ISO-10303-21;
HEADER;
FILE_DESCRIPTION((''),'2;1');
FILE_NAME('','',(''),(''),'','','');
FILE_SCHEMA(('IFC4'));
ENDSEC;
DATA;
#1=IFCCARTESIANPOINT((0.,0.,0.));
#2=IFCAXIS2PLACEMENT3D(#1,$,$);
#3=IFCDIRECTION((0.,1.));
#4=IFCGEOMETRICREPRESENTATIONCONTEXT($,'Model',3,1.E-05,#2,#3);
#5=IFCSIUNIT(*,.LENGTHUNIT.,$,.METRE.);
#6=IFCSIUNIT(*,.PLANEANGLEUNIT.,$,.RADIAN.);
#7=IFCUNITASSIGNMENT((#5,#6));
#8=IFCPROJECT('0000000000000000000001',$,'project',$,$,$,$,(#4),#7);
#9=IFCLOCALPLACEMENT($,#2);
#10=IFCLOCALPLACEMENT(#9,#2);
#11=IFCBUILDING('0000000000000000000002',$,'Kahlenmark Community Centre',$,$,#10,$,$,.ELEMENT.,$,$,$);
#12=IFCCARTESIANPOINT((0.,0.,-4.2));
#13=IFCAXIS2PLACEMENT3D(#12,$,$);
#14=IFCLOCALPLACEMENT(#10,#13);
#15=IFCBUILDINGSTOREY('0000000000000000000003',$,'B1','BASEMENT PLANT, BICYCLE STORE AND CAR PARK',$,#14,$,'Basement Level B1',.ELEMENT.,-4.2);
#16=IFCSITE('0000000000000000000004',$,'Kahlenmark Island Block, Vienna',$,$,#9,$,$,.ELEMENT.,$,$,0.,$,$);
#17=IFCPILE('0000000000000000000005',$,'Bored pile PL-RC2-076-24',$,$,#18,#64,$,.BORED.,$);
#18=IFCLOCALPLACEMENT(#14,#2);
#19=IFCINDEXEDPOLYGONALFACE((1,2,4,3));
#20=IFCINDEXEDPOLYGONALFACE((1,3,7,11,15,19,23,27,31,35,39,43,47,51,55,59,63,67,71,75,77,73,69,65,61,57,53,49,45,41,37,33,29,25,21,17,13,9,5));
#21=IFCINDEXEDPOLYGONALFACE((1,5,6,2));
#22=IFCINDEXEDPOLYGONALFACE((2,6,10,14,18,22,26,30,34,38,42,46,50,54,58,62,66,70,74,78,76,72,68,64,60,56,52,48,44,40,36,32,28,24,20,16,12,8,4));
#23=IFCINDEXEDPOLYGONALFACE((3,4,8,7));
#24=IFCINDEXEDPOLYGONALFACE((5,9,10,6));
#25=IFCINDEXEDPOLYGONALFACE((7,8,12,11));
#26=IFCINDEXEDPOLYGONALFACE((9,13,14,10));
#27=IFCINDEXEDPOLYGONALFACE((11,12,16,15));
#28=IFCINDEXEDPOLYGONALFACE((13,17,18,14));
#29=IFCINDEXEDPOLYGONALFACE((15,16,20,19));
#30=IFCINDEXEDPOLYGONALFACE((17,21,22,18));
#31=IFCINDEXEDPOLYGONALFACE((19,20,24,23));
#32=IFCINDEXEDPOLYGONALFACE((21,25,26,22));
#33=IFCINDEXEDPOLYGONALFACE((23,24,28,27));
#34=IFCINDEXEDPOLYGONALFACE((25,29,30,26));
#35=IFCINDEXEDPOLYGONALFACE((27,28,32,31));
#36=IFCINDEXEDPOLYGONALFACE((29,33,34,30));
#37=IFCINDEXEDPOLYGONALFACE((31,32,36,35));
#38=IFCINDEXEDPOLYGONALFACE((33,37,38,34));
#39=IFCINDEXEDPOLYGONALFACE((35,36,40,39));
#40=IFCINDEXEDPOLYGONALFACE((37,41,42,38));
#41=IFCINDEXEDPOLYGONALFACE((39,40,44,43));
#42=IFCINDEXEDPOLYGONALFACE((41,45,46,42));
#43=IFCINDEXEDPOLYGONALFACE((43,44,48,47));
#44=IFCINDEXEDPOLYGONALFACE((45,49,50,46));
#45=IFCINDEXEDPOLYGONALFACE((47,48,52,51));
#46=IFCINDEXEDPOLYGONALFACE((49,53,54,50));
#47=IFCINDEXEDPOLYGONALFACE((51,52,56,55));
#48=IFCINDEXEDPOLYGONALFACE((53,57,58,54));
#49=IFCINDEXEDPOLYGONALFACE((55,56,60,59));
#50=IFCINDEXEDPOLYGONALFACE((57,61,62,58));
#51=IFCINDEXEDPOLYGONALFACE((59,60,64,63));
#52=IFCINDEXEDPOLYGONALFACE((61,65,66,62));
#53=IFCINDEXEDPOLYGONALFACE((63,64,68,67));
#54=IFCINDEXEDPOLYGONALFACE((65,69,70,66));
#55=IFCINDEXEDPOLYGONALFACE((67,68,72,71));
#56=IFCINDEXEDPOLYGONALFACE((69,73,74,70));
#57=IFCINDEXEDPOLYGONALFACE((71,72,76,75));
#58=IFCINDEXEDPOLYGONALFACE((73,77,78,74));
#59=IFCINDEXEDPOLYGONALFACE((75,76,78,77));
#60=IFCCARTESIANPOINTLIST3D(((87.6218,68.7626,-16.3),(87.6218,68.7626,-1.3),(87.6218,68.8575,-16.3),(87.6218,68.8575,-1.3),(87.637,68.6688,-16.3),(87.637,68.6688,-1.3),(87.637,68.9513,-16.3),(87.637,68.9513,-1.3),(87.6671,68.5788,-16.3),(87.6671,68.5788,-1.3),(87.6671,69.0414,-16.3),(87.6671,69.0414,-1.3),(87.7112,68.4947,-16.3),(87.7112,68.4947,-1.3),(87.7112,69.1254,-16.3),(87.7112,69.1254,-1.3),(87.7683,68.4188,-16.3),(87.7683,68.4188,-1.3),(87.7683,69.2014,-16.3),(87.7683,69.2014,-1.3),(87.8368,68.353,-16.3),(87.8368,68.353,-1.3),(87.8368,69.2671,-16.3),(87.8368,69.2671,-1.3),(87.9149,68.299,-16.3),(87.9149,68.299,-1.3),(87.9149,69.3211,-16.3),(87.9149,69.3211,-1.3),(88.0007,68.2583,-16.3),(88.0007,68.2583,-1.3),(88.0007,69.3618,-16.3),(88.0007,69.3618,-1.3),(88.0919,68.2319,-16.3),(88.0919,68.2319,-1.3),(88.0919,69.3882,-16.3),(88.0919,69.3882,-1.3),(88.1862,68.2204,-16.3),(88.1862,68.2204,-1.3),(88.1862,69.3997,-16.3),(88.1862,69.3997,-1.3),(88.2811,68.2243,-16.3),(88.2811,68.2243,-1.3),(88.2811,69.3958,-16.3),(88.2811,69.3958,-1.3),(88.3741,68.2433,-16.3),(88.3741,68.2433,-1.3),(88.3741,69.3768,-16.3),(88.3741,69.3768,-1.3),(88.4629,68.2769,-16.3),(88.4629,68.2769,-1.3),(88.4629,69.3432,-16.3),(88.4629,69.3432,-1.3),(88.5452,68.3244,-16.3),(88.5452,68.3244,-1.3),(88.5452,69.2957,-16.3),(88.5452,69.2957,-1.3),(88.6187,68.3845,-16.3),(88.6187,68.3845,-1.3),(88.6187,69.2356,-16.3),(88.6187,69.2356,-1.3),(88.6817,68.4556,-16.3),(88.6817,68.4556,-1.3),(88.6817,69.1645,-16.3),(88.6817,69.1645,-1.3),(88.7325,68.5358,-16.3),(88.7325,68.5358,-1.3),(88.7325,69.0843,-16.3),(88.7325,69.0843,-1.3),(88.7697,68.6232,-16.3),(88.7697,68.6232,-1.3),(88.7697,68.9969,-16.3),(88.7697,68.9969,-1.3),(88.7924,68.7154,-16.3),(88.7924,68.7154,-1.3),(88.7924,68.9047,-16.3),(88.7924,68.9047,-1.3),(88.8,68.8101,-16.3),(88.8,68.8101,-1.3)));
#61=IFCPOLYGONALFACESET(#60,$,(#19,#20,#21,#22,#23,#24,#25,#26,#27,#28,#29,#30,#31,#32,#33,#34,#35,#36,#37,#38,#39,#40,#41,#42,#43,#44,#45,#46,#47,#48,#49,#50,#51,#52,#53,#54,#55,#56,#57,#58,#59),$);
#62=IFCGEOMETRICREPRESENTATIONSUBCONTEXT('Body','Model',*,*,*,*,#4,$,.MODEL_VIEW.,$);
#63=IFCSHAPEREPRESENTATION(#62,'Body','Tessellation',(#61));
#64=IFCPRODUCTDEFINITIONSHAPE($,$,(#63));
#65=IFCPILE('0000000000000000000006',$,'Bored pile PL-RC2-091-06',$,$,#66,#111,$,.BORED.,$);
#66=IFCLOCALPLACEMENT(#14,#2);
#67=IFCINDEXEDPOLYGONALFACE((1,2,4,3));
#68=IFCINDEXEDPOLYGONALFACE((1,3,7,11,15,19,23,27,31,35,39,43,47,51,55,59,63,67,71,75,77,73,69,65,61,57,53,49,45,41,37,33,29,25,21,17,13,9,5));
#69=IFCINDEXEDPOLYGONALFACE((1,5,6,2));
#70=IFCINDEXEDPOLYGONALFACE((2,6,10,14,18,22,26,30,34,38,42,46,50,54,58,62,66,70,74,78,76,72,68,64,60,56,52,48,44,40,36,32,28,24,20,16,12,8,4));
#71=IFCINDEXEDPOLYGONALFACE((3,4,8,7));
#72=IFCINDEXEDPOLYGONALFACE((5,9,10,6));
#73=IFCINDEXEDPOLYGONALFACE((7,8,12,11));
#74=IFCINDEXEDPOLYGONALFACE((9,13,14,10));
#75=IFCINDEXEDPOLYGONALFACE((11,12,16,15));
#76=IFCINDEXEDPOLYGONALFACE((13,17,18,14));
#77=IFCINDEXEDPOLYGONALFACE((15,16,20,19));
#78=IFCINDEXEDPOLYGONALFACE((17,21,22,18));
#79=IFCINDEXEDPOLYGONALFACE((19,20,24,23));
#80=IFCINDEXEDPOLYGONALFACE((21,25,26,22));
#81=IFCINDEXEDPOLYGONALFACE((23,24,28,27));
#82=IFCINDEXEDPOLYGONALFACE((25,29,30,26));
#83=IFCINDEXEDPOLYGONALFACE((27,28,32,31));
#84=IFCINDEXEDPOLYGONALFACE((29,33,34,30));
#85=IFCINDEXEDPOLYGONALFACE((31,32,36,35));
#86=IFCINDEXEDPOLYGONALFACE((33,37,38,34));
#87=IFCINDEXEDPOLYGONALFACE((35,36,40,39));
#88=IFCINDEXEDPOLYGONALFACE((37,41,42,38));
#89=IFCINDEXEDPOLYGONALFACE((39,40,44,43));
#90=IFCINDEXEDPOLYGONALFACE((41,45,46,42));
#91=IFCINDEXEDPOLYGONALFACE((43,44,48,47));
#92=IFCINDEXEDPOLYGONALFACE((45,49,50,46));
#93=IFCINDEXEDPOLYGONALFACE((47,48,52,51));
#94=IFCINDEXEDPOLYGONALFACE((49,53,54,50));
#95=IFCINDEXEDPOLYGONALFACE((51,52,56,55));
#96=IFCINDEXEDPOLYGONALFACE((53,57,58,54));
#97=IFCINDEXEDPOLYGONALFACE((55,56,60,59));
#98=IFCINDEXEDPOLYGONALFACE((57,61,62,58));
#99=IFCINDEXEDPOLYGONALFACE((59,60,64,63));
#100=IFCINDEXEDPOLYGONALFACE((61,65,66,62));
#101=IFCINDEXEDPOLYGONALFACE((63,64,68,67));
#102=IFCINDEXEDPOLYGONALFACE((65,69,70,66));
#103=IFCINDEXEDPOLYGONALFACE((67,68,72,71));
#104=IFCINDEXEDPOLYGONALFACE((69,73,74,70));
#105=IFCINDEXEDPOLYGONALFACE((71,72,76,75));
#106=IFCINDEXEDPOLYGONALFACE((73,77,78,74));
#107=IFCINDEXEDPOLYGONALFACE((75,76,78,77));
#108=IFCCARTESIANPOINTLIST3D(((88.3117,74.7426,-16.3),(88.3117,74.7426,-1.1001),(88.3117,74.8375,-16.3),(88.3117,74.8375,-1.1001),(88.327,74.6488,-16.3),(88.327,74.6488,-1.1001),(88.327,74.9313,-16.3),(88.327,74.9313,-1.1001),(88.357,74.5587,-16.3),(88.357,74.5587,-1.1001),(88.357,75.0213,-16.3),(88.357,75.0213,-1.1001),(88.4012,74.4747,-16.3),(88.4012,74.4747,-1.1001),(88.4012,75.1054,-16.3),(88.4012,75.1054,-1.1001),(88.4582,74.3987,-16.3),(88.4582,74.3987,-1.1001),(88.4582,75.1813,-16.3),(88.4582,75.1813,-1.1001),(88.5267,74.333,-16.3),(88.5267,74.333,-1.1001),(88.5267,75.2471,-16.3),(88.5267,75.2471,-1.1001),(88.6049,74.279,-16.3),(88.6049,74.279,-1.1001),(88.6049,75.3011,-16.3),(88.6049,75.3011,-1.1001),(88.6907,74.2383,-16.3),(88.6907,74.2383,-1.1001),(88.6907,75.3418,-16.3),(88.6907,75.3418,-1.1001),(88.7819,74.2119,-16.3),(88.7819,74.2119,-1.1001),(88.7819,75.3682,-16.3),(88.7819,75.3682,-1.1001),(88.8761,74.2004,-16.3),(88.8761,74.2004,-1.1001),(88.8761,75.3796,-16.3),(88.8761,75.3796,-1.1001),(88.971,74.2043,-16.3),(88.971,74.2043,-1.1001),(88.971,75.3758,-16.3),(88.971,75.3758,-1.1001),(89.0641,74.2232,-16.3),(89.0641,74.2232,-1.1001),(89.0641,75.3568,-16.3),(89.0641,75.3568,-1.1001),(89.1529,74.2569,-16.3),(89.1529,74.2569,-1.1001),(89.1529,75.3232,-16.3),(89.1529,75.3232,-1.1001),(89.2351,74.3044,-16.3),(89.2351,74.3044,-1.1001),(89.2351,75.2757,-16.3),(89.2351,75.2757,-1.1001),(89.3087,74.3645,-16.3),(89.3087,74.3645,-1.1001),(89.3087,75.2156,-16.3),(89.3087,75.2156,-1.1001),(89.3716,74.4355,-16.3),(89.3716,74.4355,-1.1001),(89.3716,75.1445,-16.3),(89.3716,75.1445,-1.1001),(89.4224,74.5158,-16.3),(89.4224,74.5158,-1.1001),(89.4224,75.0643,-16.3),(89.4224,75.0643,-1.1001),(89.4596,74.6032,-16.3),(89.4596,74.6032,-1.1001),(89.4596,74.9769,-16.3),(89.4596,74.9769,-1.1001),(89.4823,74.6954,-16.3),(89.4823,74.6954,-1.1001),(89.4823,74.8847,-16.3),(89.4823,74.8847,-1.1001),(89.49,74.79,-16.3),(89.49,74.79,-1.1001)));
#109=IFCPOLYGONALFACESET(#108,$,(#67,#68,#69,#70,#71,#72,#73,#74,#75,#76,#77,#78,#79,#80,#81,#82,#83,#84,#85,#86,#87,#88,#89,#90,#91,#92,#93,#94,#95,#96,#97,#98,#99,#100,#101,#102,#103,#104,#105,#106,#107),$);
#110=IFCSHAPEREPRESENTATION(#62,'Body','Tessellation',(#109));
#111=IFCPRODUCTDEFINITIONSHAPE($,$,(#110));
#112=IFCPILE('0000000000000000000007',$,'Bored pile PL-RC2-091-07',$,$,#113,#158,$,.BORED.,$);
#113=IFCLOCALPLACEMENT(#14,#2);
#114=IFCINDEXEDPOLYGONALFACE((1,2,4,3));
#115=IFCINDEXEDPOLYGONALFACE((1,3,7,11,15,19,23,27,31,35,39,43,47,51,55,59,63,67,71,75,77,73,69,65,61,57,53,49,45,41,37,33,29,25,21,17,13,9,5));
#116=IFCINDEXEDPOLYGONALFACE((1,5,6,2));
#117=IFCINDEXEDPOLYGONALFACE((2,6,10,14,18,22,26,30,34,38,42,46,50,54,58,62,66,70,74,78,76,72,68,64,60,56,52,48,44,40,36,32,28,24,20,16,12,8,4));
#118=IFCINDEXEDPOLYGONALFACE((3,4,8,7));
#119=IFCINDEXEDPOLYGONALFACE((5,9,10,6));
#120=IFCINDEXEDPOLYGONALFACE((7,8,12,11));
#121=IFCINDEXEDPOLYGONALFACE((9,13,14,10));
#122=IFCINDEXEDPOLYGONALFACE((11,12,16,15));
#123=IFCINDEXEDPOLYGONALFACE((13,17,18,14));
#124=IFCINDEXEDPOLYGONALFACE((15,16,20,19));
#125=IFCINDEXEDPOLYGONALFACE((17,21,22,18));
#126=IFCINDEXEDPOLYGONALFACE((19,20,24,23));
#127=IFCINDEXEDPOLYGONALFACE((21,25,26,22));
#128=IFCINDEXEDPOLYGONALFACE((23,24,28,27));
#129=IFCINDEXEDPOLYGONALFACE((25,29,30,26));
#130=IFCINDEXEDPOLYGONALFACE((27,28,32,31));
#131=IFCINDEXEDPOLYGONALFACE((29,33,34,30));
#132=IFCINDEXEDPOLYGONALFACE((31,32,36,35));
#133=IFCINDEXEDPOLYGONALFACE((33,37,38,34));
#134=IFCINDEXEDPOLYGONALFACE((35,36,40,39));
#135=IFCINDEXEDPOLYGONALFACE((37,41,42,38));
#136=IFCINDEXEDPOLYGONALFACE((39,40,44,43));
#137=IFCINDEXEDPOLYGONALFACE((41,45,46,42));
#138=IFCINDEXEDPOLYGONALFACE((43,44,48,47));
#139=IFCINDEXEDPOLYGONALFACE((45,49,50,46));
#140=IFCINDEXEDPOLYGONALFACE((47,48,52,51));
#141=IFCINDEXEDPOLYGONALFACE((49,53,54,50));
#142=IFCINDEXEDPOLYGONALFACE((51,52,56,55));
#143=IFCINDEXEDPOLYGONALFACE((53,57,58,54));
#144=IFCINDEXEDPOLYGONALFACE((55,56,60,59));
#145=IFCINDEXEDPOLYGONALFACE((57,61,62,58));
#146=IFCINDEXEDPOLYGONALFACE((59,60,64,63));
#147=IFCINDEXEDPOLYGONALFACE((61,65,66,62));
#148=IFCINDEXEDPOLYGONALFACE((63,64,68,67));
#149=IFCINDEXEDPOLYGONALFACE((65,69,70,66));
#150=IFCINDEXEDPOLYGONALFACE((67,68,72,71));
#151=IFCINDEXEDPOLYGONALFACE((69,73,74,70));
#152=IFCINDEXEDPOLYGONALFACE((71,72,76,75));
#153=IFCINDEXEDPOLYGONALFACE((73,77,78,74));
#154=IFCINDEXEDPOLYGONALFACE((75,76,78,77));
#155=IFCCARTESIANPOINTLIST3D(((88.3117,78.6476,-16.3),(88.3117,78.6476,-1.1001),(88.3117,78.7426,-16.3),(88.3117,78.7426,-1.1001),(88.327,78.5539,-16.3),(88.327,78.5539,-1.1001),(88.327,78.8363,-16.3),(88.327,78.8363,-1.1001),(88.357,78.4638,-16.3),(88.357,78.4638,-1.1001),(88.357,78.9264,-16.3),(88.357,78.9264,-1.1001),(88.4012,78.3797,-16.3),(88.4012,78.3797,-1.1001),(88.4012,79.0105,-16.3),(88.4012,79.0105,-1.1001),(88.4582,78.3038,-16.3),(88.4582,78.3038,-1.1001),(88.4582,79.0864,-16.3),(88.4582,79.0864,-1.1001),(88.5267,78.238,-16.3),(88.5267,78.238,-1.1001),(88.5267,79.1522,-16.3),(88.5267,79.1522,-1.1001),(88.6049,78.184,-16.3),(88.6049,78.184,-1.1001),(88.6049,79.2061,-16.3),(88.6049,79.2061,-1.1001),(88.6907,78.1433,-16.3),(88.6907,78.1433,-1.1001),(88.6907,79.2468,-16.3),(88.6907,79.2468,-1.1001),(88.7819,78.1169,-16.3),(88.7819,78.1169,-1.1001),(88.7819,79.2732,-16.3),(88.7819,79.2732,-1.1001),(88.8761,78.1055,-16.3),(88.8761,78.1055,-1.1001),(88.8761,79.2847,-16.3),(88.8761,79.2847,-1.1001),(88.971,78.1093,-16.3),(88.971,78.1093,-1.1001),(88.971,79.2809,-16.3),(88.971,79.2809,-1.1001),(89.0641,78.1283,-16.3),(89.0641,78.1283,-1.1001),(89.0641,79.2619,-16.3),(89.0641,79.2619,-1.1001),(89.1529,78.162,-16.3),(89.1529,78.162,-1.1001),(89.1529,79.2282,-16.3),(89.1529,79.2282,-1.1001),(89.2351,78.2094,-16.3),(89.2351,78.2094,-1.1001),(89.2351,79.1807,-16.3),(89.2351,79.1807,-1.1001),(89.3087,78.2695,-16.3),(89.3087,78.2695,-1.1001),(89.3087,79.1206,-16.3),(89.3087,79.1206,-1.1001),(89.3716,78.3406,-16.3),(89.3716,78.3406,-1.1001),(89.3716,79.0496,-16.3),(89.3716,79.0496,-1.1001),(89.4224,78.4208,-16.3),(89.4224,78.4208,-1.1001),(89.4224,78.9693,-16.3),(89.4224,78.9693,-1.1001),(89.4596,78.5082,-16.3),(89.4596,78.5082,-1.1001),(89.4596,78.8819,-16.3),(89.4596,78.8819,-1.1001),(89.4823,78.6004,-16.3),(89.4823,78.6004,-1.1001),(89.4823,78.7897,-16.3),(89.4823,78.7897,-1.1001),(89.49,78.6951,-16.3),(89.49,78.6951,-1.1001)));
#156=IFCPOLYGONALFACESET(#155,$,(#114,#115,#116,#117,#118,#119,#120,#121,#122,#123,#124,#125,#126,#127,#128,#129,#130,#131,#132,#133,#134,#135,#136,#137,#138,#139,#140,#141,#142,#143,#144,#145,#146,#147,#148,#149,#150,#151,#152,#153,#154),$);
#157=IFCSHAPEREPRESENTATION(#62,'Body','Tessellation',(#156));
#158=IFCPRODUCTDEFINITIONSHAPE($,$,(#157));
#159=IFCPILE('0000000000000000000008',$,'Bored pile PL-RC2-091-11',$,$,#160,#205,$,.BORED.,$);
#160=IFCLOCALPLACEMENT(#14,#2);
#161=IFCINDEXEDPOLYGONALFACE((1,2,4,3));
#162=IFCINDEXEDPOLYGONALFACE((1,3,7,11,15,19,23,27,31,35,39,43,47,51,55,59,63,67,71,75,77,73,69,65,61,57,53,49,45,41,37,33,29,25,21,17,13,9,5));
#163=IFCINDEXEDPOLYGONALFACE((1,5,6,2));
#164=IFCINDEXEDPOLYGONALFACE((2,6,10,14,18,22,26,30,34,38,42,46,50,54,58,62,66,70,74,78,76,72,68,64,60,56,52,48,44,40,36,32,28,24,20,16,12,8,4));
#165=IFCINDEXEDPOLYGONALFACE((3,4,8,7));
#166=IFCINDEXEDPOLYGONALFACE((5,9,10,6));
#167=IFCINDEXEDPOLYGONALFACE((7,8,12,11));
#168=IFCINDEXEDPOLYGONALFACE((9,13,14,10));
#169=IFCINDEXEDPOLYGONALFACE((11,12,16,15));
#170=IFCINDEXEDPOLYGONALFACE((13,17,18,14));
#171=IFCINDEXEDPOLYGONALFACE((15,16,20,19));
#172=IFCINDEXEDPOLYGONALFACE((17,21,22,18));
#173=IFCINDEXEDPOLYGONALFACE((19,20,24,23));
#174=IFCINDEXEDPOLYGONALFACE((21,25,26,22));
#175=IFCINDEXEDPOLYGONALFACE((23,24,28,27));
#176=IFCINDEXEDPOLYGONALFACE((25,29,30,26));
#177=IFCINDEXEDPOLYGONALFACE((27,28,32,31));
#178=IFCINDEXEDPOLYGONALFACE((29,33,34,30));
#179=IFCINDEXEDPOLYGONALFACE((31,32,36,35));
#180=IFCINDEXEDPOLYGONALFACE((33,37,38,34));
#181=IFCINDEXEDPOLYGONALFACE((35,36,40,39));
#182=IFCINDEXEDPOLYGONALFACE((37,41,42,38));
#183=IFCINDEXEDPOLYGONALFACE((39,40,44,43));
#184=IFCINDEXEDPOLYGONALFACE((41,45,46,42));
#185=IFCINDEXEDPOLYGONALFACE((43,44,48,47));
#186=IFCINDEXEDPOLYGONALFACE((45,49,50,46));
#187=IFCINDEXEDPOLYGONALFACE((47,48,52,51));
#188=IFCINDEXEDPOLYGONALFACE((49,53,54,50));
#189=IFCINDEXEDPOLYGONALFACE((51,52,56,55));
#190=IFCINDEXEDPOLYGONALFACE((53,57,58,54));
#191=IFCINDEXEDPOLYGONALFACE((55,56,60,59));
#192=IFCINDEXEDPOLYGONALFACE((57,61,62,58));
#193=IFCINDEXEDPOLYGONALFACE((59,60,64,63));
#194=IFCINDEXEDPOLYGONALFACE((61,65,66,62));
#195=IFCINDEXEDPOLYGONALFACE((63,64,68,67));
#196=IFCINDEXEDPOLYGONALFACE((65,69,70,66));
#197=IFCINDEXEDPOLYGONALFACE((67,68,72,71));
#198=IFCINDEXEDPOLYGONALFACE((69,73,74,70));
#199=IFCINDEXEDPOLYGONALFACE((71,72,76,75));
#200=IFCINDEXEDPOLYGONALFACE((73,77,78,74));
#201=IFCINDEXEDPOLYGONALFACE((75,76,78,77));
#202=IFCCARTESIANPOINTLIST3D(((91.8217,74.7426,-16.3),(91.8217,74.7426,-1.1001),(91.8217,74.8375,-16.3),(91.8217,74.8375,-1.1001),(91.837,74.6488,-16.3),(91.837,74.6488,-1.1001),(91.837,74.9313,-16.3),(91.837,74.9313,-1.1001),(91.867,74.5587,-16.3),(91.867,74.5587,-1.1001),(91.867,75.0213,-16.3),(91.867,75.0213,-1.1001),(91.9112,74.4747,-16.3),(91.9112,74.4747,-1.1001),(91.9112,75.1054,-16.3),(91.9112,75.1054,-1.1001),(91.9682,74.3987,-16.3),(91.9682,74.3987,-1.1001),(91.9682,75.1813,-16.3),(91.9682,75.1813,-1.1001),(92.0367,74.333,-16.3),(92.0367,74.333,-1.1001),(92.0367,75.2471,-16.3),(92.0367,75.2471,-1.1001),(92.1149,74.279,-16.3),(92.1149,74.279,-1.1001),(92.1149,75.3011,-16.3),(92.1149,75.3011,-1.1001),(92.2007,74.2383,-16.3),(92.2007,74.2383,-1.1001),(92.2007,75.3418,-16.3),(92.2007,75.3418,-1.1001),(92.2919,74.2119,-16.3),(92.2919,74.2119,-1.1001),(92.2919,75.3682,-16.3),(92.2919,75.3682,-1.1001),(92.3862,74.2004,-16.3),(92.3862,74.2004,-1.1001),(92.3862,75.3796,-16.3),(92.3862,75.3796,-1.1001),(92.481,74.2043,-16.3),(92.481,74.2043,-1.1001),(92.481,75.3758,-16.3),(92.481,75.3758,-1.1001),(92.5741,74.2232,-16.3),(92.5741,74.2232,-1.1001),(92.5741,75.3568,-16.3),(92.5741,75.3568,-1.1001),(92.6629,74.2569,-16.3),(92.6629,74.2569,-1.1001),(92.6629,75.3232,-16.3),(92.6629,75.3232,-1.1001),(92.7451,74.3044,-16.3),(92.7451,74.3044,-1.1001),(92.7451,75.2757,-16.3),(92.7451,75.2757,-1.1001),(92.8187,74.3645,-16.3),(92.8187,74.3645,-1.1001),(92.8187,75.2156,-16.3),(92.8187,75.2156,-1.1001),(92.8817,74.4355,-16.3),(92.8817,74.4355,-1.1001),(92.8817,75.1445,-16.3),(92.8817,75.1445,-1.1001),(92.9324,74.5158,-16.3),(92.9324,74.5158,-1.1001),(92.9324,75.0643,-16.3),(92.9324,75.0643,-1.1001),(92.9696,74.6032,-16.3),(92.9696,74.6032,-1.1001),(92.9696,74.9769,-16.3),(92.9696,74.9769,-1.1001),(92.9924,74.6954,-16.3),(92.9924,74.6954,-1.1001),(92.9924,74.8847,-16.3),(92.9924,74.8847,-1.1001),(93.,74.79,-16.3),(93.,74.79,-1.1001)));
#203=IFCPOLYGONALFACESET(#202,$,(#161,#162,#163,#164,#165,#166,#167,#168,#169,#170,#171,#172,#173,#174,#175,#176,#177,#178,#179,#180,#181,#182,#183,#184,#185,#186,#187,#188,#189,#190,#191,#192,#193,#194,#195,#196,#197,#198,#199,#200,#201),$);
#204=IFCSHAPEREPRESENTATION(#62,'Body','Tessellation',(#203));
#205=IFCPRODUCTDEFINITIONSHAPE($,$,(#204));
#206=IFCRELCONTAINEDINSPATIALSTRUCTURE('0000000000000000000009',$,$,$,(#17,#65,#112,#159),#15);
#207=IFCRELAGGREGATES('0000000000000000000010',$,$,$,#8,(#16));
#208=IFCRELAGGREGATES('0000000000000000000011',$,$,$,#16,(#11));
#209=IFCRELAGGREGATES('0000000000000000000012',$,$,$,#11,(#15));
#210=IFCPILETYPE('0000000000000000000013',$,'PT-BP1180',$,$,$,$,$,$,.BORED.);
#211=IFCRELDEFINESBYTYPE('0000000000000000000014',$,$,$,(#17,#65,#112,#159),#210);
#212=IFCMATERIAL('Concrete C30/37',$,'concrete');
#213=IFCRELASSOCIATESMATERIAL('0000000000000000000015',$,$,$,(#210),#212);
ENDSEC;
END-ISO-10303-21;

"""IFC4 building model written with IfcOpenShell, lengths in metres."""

from ifc_helpers import new_model, si_unit, direction, frame, origin, origin_2d, place, context, subcontext, project, spatial, circle, extrude, material, material_profile, profile_set, type_object, element, save


model = new_model("IFC4")

# Units and contexts
model_context = context("Model", 3, precision=1e-05, world=origin(), true_north=direction((0.0, 1.0)))
body_context = subcontext(model_context, "Body", "Model", "MODEL_VIEW")
ifc_project = project(units=[si_unit("LENGTHUNIT", "METRE"), si_unit("PLANEANGLEUNIT", "RADIAN")], contexts=[model_context])

# Site, building, storey
site_placement = place(None, origin())
site = spatial("IfcSite", under=ifc_project, at=site_placement, Name="Kahlenmark Island Block, Vienna", CompositionType="ELEMENT", RefElevation=0.0)
building_placement = place(site_placement, origin())
building = spatial("IfcBuilding", under=site, at=building_placement, Name="Kahlenmark Community Centre", CompositionType="ELEMENT")
storey_placement = place(building_placement, frame((0.0, 0.0, -4.2)))
storey = spatial("IfcBuildingStorey", under=building, at=storey_placement, Name="B1", Description="BASEMENT PLANT, BICYCLE STORE AND CAR PARK", LongName="Basement Level B1", CompositionType="ELEMENT", Elevation=-4.2)

# Shared definitions
ifc_material_1 = material(Name="Concrete C30/37", Category="concrete")

# Piles
ifc_material_profile_1 = material_profile(ifc_material_1, circle(Radius=0.5901, at=origin_2d()), Name="BORED PILE 1180")
ifc_profile_set_1 = profile_set([ifc_material_profile_1], Name="Concrete C30/37")
pile_type_1 = type_object("IfcPileType", Name="PT-BP1180", PredefinedType="BORED", material=ifc_profile_set_1)
for number, where, z_axis, x_axis, name in (
    (1, (88.21, 68.8101, -1.3), (0.0, 0.0, -1.0), (1.0, 0.0, 0.0), "Bored pile PL-RC2-076-24"),
):
    element("IfcPile", number, at=place(storey_placement, frame(where, z_axis=z_axis, x_axis=x_axis)), inside=storey, type_object=pile_type_1, Name=name, PredefinedType="BORED", context=body_context, shape_type="SweptSolid", body=[
        extrude(circle(Radius=0.5901, at=origin_2d()), origin(), (0.0, 0.0, 1.0), 15.0),
    ])
for number, where, z_axis, x_axis, name in (
    (2, (88.8999, 74.79, -1.1001), (0.0, 0.0, -1.0), (1.0, 0.0, 0.0), "Bored pile PL-RC2-091-06"),
    (3, (88.8999, 78.6951, -1.1001), (0.0, 0.0, -1.0), (1.0, 0.0, 0.0), "Bored pile PL-RC2-091-07"),
    (4, (92.4099, 74.79, -1.1001), (0.0, 0.0, -1.0), (1.0, 0.0, 0.0), "Bored pile PL-RC2-091-11"),
):
    element("IfcPile", number, at=place(storey_placement, frame(where, z_axis=z_axis, x_axis=x_axis)), inside=storey, type_object=pile_type_1, Name=name, PredefinedType="BORED", context=body_context, shape_type="SweptSolid", body=[
        extrude(circle(Radius=0.5901, at=origin_2d()), origin(), (0.0, 0.0, 1.0), 15.2),
    ])

save(model, "model.ifc")
